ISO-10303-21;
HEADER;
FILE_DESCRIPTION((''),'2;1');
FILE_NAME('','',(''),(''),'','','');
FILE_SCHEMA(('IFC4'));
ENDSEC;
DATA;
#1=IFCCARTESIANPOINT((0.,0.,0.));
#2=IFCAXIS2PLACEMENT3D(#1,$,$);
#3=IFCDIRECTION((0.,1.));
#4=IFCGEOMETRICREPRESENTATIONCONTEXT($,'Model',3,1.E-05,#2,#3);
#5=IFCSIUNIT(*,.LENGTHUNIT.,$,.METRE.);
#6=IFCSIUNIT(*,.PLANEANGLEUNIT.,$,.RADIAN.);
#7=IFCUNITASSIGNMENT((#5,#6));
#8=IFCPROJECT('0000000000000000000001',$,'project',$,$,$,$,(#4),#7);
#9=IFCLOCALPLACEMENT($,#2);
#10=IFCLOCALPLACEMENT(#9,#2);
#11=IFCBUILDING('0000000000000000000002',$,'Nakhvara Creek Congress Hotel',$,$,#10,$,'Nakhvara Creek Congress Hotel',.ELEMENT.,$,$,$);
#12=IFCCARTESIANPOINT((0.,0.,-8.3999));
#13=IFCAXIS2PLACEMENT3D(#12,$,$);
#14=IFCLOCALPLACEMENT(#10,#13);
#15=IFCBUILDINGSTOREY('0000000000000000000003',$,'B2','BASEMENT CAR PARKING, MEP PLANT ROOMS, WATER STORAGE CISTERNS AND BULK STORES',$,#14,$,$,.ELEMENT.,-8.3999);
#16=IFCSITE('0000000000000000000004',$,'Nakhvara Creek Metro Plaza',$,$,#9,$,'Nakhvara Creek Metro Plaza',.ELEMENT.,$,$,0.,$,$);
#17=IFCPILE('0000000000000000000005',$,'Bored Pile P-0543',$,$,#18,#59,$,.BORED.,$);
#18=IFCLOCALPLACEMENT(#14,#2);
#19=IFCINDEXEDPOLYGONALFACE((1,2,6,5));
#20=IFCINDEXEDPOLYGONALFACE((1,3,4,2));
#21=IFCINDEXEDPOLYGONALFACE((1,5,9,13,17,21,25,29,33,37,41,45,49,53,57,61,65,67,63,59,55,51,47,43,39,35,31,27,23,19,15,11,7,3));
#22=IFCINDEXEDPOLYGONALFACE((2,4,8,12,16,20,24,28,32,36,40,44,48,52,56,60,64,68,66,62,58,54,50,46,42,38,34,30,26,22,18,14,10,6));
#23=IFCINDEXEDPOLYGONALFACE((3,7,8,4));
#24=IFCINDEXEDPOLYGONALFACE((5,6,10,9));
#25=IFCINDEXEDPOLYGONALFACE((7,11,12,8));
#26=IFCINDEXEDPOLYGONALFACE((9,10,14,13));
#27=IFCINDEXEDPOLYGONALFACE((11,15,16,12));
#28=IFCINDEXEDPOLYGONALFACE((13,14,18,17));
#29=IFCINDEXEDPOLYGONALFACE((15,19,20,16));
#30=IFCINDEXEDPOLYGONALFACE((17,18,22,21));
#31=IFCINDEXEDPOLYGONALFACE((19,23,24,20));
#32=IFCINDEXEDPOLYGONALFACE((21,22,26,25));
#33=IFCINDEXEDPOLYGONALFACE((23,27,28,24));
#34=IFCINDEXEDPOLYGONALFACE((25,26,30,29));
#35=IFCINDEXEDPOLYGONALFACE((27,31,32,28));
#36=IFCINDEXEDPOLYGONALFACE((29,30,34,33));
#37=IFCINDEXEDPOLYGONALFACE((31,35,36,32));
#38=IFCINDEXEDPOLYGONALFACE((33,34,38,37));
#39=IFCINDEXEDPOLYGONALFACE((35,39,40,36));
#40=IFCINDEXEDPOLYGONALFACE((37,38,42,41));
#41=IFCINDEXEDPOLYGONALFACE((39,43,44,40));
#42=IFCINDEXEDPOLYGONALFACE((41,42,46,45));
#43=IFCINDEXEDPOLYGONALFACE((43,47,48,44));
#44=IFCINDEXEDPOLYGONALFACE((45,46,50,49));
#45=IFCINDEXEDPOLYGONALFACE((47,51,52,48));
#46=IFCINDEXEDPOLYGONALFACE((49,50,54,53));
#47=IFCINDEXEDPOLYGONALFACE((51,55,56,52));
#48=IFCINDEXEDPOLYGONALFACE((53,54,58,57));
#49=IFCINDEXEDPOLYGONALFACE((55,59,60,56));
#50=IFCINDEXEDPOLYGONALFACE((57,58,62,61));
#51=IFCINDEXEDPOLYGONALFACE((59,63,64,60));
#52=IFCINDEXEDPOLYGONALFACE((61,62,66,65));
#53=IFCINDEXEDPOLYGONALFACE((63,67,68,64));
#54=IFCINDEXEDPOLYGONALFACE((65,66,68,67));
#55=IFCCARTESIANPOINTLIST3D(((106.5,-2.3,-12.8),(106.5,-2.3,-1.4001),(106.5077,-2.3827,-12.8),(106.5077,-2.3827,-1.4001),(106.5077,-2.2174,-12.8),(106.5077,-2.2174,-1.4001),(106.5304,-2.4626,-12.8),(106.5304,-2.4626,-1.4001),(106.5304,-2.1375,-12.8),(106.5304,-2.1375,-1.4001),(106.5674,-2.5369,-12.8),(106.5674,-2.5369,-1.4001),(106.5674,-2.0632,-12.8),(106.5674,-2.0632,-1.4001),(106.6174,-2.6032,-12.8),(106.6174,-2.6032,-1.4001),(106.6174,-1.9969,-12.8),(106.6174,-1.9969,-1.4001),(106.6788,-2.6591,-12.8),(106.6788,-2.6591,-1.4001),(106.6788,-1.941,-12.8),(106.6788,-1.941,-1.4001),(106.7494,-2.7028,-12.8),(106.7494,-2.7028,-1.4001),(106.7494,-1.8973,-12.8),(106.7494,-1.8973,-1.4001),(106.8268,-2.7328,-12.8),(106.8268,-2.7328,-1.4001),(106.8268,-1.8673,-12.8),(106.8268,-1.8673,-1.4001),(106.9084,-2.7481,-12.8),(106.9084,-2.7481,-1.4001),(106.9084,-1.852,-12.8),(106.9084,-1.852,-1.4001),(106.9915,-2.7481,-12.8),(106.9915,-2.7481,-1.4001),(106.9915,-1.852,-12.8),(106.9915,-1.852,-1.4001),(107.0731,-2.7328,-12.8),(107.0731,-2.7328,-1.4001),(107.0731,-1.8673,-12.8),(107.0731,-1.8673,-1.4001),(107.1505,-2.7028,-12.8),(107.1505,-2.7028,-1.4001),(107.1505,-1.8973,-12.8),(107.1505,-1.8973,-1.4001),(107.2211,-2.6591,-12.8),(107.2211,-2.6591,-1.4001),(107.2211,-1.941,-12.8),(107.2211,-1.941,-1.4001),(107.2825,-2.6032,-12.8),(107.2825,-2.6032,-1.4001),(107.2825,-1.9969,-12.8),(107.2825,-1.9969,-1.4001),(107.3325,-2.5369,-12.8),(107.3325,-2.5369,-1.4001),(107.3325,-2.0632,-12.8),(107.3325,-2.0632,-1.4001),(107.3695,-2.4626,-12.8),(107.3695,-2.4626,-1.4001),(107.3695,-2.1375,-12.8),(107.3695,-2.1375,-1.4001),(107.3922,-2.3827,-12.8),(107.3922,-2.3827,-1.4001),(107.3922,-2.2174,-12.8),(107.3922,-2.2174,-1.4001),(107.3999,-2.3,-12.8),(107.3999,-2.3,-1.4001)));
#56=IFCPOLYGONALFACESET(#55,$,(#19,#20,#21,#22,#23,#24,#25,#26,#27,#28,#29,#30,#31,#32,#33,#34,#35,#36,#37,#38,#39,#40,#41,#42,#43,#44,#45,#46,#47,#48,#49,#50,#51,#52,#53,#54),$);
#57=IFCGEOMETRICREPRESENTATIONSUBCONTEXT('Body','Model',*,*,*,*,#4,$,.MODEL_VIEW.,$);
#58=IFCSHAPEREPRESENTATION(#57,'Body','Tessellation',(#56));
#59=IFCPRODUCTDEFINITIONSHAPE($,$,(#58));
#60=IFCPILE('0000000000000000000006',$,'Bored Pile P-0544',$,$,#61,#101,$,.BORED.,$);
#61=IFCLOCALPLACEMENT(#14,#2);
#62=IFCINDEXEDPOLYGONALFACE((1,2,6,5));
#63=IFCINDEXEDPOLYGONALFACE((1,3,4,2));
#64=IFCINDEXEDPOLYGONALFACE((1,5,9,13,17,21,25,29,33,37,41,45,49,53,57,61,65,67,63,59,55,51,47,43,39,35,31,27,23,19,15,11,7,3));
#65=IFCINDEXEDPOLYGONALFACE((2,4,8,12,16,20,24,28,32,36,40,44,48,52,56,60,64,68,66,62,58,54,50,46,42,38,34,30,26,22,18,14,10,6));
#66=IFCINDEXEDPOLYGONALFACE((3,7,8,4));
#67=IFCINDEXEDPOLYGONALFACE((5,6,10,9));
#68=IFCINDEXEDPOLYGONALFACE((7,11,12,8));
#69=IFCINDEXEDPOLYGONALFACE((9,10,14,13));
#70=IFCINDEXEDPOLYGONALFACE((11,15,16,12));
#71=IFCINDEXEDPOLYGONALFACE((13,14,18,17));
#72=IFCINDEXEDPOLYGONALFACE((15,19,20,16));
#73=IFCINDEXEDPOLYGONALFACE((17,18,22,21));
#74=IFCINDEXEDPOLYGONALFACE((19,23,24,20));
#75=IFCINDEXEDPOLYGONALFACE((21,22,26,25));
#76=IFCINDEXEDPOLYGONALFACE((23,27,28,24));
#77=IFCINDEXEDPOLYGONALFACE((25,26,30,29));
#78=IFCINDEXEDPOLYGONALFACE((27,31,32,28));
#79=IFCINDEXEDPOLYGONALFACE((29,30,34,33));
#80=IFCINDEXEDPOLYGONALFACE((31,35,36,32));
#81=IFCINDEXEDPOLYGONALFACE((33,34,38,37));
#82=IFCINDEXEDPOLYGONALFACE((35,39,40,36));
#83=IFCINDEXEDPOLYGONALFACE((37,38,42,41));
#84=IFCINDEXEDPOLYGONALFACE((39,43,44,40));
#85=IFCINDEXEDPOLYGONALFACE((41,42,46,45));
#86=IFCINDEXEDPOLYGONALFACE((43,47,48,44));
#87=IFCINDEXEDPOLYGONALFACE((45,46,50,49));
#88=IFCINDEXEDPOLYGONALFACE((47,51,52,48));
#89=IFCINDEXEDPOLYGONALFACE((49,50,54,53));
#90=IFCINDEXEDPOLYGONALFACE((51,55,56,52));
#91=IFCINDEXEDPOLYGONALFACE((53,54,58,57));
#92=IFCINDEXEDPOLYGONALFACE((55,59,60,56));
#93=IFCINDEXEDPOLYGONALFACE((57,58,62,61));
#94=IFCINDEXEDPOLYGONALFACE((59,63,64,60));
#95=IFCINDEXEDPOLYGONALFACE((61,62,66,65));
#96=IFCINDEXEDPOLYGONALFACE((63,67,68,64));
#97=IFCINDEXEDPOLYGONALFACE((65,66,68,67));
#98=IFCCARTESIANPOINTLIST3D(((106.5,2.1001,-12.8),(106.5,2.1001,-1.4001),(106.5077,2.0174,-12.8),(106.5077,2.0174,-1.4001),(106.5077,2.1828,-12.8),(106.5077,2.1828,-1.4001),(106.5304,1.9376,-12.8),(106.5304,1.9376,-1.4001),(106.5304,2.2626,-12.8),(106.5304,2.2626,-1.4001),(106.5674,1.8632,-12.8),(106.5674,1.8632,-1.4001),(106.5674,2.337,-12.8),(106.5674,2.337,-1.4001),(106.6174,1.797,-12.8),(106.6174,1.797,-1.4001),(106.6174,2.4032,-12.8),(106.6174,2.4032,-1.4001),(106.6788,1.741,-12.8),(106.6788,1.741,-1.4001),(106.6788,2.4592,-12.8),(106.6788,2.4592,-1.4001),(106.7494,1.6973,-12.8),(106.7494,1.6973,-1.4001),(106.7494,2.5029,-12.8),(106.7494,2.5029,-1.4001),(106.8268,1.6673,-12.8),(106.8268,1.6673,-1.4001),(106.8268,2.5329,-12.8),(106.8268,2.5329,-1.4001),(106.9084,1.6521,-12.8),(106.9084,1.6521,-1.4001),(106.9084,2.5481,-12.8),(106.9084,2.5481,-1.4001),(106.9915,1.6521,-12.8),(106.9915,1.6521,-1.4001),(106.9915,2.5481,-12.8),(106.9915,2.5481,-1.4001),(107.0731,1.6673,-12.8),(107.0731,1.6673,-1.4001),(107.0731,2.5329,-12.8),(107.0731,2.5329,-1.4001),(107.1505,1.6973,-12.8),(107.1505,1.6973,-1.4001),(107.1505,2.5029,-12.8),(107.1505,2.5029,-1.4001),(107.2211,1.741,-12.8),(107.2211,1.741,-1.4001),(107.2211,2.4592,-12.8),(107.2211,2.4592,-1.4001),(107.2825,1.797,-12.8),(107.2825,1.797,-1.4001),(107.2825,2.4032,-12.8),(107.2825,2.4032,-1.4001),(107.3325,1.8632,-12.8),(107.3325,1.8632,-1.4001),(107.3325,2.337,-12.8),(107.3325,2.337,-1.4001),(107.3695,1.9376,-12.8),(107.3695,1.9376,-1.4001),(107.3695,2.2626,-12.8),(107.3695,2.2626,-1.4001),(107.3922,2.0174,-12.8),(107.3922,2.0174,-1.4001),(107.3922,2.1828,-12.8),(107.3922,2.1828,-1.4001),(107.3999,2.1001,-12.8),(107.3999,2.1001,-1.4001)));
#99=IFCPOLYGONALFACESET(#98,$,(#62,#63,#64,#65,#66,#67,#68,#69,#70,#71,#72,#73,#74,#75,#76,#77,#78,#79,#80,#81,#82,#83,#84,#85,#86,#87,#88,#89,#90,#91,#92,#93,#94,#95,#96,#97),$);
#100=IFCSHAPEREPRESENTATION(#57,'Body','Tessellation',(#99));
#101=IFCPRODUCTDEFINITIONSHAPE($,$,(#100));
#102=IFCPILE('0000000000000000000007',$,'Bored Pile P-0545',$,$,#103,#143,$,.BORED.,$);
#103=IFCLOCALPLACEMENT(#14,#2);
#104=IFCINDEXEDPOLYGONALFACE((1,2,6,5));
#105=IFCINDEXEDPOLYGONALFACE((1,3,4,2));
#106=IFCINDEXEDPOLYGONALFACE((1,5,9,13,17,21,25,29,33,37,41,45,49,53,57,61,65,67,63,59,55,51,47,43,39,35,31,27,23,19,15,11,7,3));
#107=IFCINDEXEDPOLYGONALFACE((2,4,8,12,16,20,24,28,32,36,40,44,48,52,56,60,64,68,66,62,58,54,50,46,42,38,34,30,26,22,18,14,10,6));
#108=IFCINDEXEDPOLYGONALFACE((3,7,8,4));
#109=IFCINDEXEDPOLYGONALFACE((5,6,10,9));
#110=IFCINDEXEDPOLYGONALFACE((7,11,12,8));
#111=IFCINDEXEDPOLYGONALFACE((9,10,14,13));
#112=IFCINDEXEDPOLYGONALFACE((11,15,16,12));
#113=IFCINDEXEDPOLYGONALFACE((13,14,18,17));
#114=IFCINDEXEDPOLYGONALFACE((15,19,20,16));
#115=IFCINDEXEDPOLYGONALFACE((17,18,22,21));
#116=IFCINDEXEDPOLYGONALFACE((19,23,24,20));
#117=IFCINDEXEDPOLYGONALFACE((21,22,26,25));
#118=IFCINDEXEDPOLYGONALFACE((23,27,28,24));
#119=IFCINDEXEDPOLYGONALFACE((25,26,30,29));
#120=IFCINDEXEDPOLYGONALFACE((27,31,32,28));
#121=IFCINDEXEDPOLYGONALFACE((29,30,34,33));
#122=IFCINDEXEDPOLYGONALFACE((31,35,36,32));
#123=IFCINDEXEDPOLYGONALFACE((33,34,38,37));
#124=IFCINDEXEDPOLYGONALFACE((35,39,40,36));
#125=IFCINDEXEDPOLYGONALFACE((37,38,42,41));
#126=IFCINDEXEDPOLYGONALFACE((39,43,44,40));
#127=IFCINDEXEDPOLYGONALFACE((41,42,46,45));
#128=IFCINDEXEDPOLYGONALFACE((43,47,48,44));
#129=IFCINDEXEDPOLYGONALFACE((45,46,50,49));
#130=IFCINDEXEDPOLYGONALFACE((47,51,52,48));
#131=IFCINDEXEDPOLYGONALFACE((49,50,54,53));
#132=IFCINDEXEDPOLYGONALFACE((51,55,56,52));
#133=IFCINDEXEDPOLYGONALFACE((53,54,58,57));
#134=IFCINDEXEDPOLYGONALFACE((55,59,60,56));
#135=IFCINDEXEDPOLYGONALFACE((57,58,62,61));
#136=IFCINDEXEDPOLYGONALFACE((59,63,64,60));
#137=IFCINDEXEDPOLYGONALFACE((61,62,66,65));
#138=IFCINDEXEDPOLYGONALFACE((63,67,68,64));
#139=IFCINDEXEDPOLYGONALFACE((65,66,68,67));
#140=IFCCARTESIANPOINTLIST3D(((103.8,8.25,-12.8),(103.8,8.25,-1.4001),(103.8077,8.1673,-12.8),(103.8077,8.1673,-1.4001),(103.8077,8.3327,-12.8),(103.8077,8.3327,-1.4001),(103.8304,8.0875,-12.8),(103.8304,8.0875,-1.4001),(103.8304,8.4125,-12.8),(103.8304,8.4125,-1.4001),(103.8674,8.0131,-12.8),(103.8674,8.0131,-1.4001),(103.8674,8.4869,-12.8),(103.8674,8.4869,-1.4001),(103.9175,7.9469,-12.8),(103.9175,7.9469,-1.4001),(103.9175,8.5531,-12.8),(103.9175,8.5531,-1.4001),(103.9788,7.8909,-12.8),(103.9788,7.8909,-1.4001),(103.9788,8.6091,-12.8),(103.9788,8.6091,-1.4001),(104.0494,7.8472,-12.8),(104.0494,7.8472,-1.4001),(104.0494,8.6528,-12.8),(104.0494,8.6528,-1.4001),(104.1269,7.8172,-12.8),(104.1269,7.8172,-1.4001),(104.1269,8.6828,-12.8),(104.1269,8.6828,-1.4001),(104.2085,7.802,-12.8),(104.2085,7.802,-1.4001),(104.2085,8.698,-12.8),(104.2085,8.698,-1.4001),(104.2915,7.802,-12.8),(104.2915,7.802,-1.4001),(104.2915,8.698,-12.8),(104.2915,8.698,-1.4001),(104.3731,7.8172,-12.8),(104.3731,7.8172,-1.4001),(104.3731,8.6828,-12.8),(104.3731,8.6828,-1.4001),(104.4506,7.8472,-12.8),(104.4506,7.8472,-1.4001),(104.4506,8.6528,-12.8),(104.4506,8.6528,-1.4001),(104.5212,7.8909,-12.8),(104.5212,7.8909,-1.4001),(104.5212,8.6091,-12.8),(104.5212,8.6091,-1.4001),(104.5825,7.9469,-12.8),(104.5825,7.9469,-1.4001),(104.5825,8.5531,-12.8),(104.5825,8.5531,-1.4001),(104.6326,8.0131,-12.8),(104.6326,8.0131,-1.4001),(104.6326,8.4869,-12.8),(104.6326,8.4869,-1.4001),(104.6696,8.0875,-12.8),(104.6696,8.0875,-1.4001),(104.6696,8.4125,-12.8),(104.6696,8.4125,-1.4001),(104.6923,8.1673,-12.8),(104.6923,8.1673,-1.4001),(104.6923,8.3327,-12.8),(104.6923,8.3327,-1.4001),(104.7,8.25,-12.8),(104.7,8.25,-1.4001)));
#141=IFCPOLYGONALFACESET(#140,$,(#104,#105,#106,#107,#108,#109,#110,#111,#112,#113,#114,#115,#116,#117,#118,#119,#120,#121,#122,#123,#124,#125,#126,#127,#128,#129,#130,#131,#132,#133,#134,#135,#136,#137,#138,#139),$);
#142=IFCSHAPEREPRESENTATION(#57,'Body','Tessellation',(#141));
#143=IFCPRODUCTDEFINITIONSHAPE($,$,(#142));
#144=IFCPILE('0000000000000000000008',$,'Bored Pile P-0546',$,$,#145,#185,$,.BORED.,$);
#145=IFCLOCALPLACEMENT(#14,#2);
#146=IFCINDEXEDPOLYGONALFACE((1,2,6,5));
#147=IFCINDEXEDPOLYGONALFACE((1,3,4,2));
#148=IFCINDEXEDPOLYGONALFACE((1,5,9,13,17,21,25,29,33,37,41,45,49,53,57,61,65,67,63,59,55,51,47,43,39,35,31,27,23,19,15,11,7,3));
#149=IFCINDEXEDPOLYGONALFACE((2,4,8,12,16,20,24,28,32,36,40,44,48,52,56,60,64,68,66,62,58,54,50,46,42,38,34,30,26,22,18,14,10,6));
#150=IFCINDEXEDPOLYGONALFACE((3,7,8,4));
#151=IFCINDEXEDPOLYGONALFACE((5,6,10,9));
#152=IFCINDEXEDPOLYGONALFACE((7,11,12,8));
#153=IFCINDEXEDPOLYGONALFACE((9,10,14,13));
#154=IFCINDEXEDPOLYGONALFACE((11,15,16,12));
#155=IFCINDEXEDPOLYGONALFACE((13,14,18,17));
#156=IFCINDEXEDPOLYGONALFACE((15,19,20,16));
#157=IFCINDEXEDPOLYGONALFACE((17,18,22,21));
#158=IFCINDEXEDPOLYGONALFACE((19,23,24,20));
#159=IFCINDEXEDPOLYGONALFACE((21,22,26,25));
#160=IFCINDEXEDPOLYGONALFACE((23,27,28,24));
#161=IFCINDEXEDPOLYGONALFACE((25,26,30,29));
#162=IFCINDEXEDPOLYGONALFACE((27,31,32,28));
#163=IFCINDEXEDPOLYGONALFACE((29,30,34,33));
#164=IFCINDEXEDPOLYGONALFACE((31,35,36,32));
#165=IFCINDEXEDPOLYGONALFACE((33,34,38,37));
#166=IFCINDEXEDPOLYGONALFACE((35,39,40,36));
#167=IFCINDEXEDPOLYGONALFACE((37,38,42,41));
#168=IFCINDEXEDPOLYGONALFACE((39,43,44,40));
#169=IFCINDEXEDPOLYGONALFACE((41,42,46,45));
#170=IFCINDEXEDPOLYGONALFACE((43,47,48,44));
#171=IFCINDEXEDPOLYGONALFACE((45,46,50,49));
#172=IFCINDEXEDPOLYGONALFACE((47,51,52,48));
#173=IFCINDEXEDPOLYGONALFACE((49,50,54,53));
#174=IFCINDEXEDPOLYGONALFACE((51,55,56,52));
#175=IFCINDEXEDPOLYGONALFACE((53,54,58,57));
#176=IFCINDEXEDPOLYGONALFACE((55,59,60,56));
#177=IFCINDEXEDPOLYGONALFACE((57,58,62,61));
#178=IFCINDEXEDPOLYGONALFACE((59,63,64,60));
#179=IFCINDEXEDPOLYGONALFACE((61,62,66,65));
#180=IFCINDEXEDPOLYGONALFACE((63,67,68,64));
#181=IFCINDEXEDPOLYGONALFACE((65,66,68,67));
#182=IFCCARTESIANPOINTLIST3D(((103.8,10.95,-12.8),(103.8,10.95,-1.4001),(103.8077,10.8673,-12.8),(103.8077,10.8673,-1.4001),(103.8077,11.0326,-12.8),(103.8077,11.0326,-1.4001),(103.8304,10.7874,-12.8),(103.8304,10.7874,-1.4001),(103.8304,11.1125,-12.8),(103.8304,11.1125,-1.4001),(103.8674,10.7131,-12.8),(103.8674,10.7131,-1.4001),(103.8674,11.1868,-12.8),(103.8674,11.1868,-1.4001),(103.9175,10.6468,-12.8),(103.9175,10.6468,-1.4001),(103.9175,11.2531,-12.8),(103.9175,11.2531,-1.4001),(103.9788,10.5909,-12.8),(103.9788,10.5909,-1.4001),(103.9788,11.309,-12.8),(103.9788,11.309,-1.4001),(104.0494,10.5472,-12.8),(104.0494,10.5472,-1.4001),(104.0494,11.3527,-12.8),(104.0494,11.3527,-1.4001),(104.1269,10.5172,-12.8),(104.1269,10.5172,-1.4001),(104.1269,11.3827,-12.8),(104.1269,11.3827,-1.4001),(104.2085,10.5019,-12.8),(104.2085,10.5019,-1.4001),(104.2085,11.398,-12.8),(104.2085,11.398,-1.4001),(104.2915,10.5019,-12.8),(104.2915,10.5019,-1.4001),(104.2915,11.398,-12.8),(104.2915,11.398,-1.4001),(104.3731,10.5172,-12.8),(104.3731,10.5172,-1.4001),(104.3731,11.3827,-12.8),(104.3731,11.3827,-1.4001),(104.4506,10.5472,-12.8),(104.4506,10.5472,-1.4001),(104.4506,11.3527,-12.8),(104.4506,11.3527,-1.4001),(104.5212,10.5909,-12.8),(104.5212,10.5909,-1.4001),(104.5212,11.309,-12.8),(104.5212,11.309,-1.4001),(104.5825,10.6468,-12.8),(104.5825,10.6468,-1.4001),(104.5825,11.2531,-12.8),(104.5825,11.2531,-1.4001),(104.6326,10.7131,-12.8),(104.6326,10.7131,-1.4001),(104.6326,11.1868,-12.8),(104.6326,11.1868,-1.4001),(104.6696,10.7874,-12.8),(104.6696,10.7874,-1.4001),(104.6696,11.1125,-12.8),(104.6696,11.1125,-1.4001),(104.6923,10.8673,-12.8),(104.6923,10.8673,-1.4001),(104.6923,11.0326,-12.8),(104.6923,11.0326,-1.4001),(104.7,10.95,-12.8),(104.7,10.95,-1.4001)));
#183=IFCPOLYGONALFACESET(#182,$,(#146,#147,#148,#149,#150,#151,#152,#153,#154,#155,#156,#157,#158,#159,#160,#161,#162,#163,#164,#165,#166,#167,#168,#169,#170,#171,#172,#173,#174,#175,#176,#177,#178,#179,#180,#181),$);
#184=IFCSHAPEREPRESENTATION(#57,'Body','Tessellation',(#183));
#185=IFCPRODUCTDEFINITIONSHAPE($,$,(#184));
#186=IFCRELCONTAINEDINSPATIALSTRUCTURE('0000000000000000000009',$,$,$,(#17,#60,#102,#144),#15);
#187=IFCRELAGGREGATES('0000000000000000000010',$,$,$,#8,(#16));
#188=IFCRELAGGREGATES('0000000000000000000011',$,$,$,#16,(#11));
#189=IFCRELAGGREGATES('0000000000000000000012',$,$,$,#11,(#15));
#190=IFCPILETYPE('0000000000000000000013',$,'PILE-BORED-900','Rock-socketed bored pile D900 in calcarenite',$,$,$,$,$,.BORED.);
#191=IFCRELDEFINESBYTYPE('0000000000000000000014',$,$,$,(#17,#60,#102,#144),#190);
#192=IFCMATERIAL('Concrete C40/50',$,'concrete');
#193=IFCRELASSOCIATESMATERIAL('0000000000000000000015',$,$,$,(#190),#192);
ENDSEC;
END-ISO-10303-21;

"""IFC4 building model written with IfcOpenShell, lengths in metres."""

from ifc_helpers import new_model, si_unit, direction, frame, origin, origin_2d, place, context, subcontext, project, spatial, circle, extrude, material, material_profile, profile_set, type_object, element, save


model = new_model("IFC4")

# Units and contexts
model_context = context("Model", 3, precision=1e-05, world=origin(), true_north=direction((0.0, 1.0)))
body_context = subcontext(model_context, "Body", "Model", "MODEL_VIEW")
ifc_project = project(units=[si_unit("LENGTHUNIT", "METRE"), si_unit("PLANEANGLEUNIT", "RADIAN")], contexts=[model_context])

# Site, building, storey
site_placement = place(None, origin())
site = spatial("IfcSite", under=ifc_project, at=site_placement, Name="Nakhvara Creek Metro Plaza", LongName="Nakhvara Creek Metro Plaza", CompositionType="ELEMENT", RefElevation=0.0)
building_placement = place(site_placement, origin())
building = spatial("IfcBuilding", under=site, at=building_placement, Name="Nakhvara Creek Congress Hotel", LongName="Nakhvara Creek Congress Hotel", CompositionType="ELEMENT")
storey_placement = place(building_placement, frame((0.0, 0.0, -8.3999)))
storey = spatial("IfcBuildingStorey", under=building, at=storey_placement, Name="B2", Description="BASEMENT CAR PARKING, MEP PLANT ROOMS, WATER STORAGE CISTERNS AND BULK STORES", CompositionType="ELEMENT", Elevation=-8.3999)

# Shared definitions
ifc_material_1 = material(Name="Concrete C40/50", Category="concrete")

# Piles
ifc_material_profile_1 = material_profile(ifc_material_1, circle(Radius=0.45, at=origin_2d()), Name="BORED PILE D900", Category="LoadBearing")
ifc_profile_set_1 = profile_set([ifc_material_profile_1], Name="Concrete C40/50")
pile_type = type_object("IfcPileType", Name="PILE-BORED-900", Description="Rock-socketed bored pile D900 in calcarenite", PredefinedType="BORED", material=ifc_profile_set_1)
for number, where, z_axis, x_axis, name in (
    (1, (106.95, -2.3, -1.4001), (0.0, 0.0, -1.0), (1.0, 0.0, 0.0), "Bored Pile P-0543"),
    (2, (106.95, 2.1001, -1.4001), (0.0, 0.0, -1.0), (1.0, 0.0, 0.0), "Bored Pile P-0544"),
    (3, (104.25, 8.25, -1.4001), (0.0, 0.0, -1.0), (1.0, 0.0, 0.0), "Bored Pile P-0545"),
    (4, (104.25, 10.95, -1.4001), (0.0, 0.0, -1.0), (1.0, 0.0, 0.0), "Bored Pile P-0546"),
):
    element("IfcPile", number, at=place(storey_placement, frame(where, z_axis=z_axis, x_axis=x_axis)), inside=storey, type_object=pile_type, Name=name, PredefinedType="BORED", context=body_context, shape_type="SweptSolid", body=[
        extrude(circle(Radius=0.45, at=origin_2d()), origin(), (0.0, 0.0, 1.0), 11.3999),
    ])

save(model, "model.ifc")
